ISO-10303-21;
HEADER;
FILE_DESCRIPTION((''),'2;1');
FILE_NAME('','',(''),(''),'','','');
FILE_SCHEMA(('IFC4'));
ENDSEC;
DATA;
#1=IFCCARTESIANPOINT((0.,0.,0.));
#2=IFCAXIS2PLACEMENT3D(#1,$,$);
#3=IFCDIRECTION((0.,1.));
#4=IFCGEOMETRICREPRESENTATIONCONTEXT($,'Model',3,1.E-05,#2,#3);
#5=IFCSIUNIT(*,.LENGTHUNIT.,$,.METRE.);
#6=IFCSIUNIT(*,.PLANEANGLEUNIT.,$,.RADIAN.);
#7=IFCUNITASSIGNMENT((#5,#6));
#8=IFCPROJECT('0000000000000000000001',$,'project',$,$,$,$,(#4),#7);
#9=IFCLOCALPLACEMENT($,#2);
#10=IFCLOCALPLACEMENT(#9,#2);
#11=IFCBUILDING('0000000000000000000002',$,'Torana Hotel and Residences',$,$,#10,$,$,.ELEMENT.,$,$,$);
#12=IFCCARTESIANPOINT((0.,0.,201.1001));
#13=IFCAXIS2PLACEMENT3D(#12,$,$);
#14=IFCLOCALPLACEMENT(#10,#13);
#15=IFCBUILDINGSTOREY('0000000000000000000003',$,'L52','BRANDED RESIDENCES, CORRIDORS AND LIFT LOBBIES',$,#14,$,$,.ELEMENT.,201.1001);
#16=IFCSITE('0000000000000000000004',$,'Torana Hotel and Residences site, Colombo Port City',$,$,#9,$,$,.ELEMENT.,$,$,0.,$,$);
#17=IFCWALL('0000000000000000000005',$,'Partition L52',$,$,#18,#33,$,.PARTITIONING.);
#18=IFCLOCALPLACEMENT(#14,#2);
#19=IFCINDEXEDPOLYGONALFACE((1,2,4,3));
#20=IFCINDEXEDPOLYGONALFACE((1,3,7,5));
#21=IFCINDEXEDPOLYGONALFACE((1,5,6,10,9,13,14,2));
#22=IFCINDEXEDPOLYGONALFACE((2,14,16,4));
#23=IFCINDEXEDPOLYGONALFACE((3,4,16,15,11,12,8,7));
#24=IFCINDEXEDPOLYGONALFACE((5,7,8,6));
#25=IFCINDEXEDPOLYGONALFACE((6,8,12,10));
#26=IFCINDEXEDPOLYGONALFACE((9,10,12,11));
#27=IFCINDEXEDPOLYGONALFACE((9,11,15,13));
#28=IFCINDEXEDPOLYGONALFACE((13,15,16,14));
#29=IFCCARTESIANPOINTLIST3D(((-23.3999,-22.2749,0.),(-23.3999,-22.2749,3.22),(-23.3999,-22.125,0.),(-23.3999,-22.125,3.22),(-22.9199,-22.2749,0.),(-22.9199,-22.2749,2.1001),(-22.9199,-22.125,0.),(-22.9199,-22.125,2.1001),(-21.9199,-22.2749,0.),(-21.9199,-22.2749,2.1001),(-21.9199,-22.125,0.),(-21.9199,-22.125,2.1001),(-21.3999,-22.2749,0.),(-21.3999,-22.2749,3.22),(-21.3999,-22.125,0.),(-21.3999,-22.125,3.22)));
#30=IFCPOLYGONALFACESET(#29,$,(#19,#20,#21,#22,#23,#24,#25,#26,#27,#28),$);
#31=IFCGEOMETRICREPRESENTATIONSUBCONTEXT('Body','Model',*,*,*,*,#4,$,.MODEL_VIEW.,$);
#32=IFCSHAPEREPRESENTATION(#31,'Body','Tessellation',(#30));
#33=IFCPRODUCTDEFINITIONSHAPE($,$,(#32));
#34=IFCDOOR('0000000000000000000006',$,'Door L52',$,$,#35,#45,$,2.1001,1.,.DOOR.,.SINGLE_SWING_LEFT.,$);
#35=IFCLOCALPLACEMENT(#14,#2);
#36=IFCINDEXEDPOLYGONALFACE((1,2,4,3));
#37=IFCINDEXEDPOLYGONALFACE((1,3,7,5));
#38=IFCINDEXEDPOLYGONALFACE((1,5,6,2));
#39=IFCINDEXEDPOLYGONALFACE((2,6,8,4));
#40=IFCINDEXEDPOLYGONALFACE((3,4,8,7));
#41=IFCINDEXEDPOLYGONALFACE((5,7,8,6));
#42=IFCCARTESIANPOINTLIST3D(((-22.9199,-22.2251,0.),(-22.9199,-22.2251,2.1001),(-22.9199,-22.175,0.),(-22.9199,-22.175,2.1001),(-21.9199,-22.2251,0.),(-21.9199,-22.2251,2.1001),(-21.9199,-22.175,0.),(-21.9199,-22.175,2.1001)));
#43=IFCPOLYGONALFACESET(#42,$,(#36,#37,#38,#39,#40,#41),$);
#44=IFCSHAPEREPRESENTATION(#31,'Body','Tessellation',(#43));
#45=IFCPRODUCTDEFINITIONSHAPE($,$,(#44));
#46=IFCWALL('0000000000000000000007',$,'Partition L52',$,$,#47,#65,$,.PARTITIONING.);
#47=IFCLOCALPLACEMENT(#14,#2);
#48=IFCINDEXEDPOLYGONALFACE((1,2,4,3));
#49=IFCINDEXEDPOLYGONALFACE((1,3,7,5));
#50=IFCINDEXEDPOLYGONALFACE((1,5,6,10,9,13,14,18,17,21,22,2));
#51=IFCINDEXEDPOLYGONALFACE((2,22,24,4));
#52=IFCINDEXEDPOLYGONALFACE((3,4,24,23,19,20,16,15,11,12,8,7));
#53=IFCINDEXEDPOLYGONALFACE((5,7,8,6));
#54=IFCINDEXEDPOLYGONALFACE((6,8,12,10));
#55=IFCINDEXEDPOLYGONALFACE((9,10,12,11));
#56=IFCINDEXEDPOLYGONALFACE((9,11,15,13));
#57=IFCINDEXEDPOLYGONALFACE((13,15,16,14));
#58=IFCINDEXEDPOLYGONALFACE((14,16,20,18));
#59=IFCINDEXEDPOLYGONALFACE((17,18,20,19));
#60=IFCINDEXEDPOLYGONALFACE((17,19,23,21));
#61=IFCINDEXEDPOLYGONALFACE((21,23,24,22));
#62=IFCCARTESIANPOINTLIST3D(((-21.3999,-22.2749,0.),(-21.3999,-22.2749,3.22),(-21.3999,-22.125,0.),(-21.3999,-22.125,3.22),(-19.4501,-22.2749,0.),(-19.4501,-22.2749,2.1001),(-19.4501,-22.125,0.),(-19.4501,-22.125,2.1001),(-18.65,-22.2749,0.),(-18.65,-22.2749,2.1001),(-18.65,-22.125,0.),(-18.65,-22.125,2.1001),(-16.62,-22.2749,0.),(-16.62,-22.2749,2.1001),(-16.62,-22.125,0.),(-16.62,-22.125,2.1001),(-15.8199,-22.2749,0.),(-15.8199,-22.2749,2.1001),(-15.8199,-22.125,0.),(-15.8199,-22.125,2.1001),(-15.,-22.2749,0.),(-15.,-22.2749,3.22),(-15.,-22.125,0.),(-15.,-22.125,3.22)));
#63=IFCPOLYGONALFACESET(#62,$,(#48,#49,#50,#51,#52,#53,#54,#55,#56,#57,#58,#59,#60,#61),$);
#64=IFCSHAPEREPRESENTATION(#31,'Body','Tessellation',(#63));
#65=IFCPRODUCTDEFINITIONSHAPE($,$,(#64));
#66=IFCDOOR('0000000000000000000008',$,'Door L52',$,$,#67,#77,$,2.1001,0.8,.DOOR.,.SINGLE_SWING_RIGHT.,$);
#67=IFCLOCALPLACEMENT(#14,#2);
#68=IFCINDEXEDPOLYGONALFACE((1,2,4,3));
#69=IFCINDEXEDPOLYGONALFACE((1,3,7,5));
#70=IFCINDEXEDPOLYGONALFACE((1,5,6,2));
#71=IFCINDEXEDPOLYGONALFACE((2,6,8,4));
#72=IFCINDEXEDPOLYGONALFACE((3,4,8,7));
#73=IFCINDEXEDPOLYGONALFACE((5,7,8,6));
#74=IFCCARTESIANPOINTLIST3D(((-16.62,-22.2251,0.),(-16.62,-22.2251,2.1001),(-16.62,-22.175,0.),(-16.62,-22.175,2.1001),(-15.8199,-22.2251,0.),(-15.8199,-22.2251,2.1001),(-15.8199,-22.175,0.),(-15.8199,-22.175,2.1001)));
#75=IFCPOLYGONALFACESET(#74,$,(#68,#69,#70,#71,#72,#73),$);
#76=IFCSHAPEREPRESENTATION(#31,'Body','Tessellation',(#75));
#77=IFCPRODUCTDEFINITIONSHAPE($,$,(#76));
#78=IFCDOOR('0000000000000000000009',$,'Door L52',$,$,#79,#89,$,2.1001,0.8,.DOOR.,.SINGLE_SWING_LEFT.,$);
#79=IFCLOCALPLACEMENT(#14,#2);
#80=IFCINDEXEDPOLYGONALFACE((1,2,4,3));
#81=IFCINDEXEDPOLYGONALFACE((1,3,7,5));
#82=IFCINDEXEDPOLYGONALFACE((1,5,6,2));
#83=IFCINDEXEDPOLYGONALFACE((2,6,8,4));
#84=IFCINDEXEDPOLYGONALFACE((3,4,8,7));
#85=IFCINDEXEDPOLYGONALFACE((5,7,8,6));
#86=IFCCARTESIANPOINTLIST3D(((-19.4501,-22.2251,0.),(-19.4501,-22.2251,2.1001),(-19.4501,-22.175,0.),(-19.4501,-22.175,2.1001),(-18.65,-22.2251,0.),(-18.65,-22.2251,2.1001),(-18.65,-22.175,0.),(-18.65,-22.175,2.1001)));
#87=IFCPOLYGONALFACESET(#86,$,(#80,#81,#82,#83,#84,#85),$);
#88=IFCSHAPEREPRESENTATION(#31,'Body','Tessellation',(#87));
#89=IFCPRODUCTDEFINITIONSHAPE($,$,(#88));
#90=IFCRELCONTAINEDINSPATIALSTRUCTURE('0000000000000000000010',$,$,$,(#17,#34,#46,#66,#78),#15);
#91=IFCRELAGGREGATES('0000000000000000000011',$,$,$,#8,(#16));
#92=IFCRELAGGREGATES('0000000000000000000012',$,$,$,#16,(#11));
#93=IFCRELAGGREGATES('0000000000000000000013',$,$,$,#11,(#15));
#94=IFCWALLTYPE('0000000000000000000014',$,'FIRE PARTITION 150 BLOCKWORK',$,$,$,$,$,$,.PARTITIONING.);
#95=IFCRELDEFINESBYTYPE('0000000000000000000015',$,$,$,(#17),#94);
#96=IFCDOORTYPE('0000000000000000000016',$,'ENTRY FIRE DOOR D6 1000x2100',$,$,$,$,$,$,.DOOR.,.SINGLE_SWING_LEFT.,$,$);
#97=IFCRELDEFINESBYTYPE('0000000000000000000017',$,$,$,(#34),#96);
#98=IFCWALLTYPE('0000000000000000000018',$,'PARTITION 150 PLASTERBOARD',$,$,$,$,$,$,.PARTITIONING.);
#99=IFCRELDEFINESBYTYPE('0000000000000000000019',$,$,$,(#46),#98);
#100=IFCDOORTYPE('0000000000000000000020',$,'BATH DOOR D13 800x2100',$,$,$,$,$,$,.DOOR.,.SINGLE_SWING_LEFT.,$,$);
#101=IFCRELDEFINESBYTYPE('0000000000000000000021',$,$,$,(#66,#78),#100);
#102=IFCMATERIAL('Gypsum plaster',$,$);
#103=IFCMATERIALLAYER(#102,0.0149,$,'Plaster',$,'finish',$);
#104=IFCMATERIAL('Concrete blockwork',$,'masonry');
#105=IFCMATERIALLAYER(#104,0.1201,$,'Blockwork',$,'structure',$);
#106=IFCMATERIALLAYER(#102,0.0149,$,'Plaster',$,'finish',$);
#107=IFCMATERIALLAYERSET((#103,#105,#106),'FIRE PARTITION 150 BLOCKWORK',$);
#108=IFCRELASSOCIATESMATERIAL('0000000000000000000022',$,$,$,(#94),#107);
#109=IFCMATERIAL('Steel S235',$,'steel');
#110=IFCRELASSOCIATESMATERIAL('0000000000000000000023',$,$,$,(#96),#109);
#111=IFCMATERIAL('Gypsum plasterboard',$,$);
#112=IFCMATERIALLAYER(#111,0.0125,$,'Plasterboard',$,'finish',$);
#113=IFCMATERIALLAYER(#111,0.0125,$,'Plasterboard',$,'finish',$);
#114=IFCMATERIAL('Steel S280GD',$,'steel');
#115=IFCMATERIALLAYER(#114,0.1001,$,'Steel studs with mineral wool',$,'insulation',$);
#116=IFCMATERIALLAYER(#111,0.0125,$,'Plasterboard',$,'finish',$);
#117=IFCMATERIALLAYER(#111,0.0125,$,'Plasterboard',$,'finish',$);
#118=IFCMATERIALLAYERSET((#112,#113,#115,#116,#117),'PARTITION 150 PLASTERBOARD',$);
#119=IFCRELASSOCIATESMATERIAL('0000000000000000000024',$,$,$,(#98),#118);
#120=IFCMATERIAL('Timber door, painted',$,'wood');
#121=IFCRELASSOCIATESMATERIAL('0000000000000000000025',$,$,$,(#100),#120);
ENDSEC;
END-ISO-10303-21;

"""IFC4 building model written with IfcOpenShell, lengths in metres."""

from ifc_helpers import new_model, si_unit, direction, frame, frame_2d, origin, place, context, subcontext, project, spatial, rectangle, extrude, material, layer, layer_set, type_object, element, fill, save


model = new_model("IFC4")

# Units and contexts
model_context = context("Model", 3, precision=1e-05, world=origin(), true_north=direction((0.0, 1.0)))
body_context = subcontext(model_context, "Body", "Model", "MODEL_VIEW")
ifc_project = project(units=[si_unit("LENGTHUNIT", "METRE"), si_unit("PLANEANGLEUNIT", "RADIAN")], contexts=[model_context])

# Site, building, storey
site_placement = place(None, origin())
site = spatial("IfcSite", under=ifc_project, at=site_placement, Name="Torana Hotel and Residences site, Colombo Port City", CompositionType="ELEMENT", RefElevation=0.0)
building_placement = place(site_placement, origin())
building = spatial("IfcBuilding", under=site, at=building_placement, Name="Torana Hotel and Residences", CompositionType="ELEMENT")
storey_placement = place(building_placement, frame((0.0, 0.0, 201.1001)))
storey = spatial("IfcBuildingStorey", under=building, at=storey_placement, Name="L52", Description="BRANDED RESIDENCES, CORRIDORS AND LIFT LOBBIES", CompositionType="ELEMENT", Elevation=201.1001)

# Shared definitions
ifc_material_1 = material(Name="Gypsum plaster")
ifc_layer_1 = layer(ifc_material_1, 0.0149, Name="Plaster", Category="finish")
ifc_material_2 = material(Name="Concrete blockwork", Category="masonry")
ifc_layer_2 = layer(ifc_material_2, 0.1201, Name="Blockwork", Category="structure")
ifc_layer_3 = layer(ifc_material_1, 0.0149, Name="Plaster", Category="finish")
ifc_layer_set_1 = layer_set([ifc_layer_1, ifc_layer_2, ifc_layer_3], Name="FIRE PARTITION 150 BLOCKWORK")
wall_type_1 = type_object("IfcWallType", Name="FIRE PARTITION 150 BLOCKWORK", PredefinedType="PARTITIONING", material=ifc_layer_set_1)

# Wall, opening, door
wall_1_placement = place(storey_placement, frame((-23.3999, -22.2, 0.0), z_axis=(0.0, 0.0, 1.0), x_axis=(1.0, 0.0, 0.0)))
wall_1 = element("IfcWall", 1, at=wall_1_placement, inside=storey, type_object=wall_type_1, Name="Partition L52", PredefinedType="PARTITIONING", context=body_context, shape_type="SweptSolid", body=[
    extrude(rectangle(XDim=2.0, YDim=0.1499, at=frame_2d((1.0, 0.0))), origin(), (0.0, 0.0, 1.0), 3.22),
])
opening_1_placement = place(wall_1_placement, frame((0.48, 0.0, 0.0)))
opening_1 = element("IfcOpeningElement", 2, at=opening_1_placement, cuts=wall_1, PredefinedType="OPENING", context=body_context, shape_type="SweptSolid", body=[
    extrude(rectangle(XDim=1.0, YDim=2.1001, at=frame_2d((0.5, 1.05))), frame((0.0, 0.085, 0.0), z_axis=(0.0, -1.0, 0.0), x_axis=(1.0, 0.0, 0.0)), (0.0, 0.0, 1.0), 0.1699),
])
ifc_material_3 = material(Name="Steel S235", Category="steel")
door_type_1 = type_object("IfcDoorType", Name="ENTRY FIRE DOOR D6 1000x2100", OperationType="SINGLE_SWING_LEFT", PredefinedType="DOOR", material=ifc_material_3)
door_1_placement = place(opening_1_placement, frame((0.5, 0.0, 0.0), z_axis=(0.0, 0.0, 1.0), x_axis=(-1.0, 0.0, 0.0)))
door_1 = element("IfcDoor", 3, at=door_1_placement, inside=storey, type_object=door_type_1, Name="Door L52", OperationType="SINGLE_SWING_LEFT", OverallHeight=2.1001, OverallWidth=1.0, PredefinedType="DOOR", context=body_context, shape_type="SweptSolid", body=[
    extrude(rectangle(XDim=1.0, YDim=2.1001, at=frame_2d((0.0, 1.05))), frame((0.0, -0.0249, 0.0), z_axis=(0.0, 1.0, 0.0), x_axis=(-1.0, 0.0, 0.0)), (0.0, 0.0, 1.0), 0.05),
])
fill(opening_1, door_1)

# Wall, openings, doors
ifc_material_4 = material(Name="Gypsum plasterboard")
ifc_layer_4 = layer(ifc_material_4, 0.0125, Name="Plasterboard", Category="finish")
ifc_layer_5 = layer(ifc_material_4, 0.0125, Name="Plasterboard", Category="finish")
ifc_material_5 = material(Name="Steel S280GD", Category="steel")
ifc_layer_6 = layer(ifc_material_5, 0.1001, Name="Steel studs with mineral wool", Category="insulation")
ifc_layer_7 = layer(ifc_material_4, 0.0125, Name="Plasterboard", Category="finish")
ifc_layer_8 = layer(ifc_material_4, 0.0125, Name="Plasterboard", Category="finish")
ifc_layer_set_2 = layer_set([ifc_layer_4, ifc_layer_5, ifc_layer_6, ifc_layer_7, ifc_layer_8], Name="PARTITION 150 PLASTERBOARD")
wall_type_2 = type_object("IfcWallType", Name="PARTITION 150 PLASTERBOARD", PredefinedType="PARTITIONING", material=ifc_layer_set_2)
wall_2_placement = place(storey_placement, frame((-21.3999, -22.2, 0.0), z_axis=(0.0, 0.0, 1.0), x_axis=(1.0, 0.0, 0.0)))
wall_2 = element("IfcWall", 4, at=wall_2_placement, inside=storey, type_object=wall_type_2, Name="Partition L52", PredefinedType="PARTITIONING", context=body_context, shape_type="SweptSolid", body=[
    extrude(rectangle(XDim=6.3999, YDim=0.1499, at=frame_2d((3.2, 0.0))), origin(), (0.0, 0.0, 1.0), 3.22),
])
opening_2_placement = place(wall_2_placement, frame((4.78, 0.0, 0.0)))
opening_2 = element("IfcOpeningElement", 5, at=opening_2_placement, cuts=wall_2, PredefinedType="OPENING", context=body_context, shape_type="SweptSolid", body=[
    extrude(rectangle(XDim=0.8, YDim=2.1001, at=frame_2d((0.3999, 1.05))), frame((0.0, 0.085, 0.0), z_axis=(0.0, -1.0, 0.0), x_axis=(1.0, 0.0, 0.0)), (0.0, 0.0, 1.0), 0.1699),
])
opening_3_placement = place(wall_2_placement, frame((1.95, 0.0, 0.0)))
opening_3 = element("IfcOpeningElement", 6, at=opening_3_placement, cuts=wall_2, PredefinedType="OPENING", context=body_context, shape_type="SweptSolid", body=[
    extrude(rectangle(XDim=0.8, YDim=2.1001, at=frame_2d((0.3999, 1.05))), frame((0.0, 0.085, 0.0), z_axis=(0.0, -1.0, 0.0), x_axis=(1.0, 0.0, 0.0)), (0.0, 0.0, 1.0), 0.1699),
])
ifc_material_6 = material(Name="Timber door, painted", Category="wood")
door_type_2 = type_object("IfcDoorType", Name="BATH DOOR D13 800x2100", OperationType="SINGLE_SWING_LEFT", PredefinedType="DOOR", material=ifc_material_6)
door_2_placement = place(opening_2_placement, origin())
door_2 = element("IfcDoor", 7, at=door_2_placement, inside=storey, type_object=door_type_2, Name="Door L52", OperationType="SINGLE_SWING_RIGHT", OverallHeight=2.1001, OverallWidth=0.8, PredefinedType="DOOR", context=body_context, shape_type="SweptSolid", body=[
    extrude(rectangle(XDim=0.8, YDim=2.1001, at=frame_2d((0.3999, 1.05))), frame((0.0, 0.0249, 0.0), z_axis=(0.0, -1.0, 0.0), x_axis=(1.0, 0.0, 0.0)), (0.0, 0.0, 1.0), 0.05),
])
fill(opening_2, door_2)
door_3_placement = place(opening_3_placement, origin())
door_3 = element("IfcDoor", 8, at=door_3_placement, inside=storey, type_object=door_type_2, Name="Door L52", OperationType="SINGLE_SWING_LEFT", OverallHeight=2.1001, OverallWidth=0.8, PredefinedType="DOOR", context=body_context, shape_type="SweptSolid", body=[
    extrude(rectangle(XDim=0.8, YDim=2.1001, at=frame_2d((0.3999, 1.05))), frame((0.0, 0.0249, 0.0), z_axis=(0.0, -1.0, 0.0), x_axis=(1.0, 0.0, 0.0)), (0.0, 0.0, 1.0), 0.05),
])
fill(opening_3, door_3)

save(model, "model.ifc")
